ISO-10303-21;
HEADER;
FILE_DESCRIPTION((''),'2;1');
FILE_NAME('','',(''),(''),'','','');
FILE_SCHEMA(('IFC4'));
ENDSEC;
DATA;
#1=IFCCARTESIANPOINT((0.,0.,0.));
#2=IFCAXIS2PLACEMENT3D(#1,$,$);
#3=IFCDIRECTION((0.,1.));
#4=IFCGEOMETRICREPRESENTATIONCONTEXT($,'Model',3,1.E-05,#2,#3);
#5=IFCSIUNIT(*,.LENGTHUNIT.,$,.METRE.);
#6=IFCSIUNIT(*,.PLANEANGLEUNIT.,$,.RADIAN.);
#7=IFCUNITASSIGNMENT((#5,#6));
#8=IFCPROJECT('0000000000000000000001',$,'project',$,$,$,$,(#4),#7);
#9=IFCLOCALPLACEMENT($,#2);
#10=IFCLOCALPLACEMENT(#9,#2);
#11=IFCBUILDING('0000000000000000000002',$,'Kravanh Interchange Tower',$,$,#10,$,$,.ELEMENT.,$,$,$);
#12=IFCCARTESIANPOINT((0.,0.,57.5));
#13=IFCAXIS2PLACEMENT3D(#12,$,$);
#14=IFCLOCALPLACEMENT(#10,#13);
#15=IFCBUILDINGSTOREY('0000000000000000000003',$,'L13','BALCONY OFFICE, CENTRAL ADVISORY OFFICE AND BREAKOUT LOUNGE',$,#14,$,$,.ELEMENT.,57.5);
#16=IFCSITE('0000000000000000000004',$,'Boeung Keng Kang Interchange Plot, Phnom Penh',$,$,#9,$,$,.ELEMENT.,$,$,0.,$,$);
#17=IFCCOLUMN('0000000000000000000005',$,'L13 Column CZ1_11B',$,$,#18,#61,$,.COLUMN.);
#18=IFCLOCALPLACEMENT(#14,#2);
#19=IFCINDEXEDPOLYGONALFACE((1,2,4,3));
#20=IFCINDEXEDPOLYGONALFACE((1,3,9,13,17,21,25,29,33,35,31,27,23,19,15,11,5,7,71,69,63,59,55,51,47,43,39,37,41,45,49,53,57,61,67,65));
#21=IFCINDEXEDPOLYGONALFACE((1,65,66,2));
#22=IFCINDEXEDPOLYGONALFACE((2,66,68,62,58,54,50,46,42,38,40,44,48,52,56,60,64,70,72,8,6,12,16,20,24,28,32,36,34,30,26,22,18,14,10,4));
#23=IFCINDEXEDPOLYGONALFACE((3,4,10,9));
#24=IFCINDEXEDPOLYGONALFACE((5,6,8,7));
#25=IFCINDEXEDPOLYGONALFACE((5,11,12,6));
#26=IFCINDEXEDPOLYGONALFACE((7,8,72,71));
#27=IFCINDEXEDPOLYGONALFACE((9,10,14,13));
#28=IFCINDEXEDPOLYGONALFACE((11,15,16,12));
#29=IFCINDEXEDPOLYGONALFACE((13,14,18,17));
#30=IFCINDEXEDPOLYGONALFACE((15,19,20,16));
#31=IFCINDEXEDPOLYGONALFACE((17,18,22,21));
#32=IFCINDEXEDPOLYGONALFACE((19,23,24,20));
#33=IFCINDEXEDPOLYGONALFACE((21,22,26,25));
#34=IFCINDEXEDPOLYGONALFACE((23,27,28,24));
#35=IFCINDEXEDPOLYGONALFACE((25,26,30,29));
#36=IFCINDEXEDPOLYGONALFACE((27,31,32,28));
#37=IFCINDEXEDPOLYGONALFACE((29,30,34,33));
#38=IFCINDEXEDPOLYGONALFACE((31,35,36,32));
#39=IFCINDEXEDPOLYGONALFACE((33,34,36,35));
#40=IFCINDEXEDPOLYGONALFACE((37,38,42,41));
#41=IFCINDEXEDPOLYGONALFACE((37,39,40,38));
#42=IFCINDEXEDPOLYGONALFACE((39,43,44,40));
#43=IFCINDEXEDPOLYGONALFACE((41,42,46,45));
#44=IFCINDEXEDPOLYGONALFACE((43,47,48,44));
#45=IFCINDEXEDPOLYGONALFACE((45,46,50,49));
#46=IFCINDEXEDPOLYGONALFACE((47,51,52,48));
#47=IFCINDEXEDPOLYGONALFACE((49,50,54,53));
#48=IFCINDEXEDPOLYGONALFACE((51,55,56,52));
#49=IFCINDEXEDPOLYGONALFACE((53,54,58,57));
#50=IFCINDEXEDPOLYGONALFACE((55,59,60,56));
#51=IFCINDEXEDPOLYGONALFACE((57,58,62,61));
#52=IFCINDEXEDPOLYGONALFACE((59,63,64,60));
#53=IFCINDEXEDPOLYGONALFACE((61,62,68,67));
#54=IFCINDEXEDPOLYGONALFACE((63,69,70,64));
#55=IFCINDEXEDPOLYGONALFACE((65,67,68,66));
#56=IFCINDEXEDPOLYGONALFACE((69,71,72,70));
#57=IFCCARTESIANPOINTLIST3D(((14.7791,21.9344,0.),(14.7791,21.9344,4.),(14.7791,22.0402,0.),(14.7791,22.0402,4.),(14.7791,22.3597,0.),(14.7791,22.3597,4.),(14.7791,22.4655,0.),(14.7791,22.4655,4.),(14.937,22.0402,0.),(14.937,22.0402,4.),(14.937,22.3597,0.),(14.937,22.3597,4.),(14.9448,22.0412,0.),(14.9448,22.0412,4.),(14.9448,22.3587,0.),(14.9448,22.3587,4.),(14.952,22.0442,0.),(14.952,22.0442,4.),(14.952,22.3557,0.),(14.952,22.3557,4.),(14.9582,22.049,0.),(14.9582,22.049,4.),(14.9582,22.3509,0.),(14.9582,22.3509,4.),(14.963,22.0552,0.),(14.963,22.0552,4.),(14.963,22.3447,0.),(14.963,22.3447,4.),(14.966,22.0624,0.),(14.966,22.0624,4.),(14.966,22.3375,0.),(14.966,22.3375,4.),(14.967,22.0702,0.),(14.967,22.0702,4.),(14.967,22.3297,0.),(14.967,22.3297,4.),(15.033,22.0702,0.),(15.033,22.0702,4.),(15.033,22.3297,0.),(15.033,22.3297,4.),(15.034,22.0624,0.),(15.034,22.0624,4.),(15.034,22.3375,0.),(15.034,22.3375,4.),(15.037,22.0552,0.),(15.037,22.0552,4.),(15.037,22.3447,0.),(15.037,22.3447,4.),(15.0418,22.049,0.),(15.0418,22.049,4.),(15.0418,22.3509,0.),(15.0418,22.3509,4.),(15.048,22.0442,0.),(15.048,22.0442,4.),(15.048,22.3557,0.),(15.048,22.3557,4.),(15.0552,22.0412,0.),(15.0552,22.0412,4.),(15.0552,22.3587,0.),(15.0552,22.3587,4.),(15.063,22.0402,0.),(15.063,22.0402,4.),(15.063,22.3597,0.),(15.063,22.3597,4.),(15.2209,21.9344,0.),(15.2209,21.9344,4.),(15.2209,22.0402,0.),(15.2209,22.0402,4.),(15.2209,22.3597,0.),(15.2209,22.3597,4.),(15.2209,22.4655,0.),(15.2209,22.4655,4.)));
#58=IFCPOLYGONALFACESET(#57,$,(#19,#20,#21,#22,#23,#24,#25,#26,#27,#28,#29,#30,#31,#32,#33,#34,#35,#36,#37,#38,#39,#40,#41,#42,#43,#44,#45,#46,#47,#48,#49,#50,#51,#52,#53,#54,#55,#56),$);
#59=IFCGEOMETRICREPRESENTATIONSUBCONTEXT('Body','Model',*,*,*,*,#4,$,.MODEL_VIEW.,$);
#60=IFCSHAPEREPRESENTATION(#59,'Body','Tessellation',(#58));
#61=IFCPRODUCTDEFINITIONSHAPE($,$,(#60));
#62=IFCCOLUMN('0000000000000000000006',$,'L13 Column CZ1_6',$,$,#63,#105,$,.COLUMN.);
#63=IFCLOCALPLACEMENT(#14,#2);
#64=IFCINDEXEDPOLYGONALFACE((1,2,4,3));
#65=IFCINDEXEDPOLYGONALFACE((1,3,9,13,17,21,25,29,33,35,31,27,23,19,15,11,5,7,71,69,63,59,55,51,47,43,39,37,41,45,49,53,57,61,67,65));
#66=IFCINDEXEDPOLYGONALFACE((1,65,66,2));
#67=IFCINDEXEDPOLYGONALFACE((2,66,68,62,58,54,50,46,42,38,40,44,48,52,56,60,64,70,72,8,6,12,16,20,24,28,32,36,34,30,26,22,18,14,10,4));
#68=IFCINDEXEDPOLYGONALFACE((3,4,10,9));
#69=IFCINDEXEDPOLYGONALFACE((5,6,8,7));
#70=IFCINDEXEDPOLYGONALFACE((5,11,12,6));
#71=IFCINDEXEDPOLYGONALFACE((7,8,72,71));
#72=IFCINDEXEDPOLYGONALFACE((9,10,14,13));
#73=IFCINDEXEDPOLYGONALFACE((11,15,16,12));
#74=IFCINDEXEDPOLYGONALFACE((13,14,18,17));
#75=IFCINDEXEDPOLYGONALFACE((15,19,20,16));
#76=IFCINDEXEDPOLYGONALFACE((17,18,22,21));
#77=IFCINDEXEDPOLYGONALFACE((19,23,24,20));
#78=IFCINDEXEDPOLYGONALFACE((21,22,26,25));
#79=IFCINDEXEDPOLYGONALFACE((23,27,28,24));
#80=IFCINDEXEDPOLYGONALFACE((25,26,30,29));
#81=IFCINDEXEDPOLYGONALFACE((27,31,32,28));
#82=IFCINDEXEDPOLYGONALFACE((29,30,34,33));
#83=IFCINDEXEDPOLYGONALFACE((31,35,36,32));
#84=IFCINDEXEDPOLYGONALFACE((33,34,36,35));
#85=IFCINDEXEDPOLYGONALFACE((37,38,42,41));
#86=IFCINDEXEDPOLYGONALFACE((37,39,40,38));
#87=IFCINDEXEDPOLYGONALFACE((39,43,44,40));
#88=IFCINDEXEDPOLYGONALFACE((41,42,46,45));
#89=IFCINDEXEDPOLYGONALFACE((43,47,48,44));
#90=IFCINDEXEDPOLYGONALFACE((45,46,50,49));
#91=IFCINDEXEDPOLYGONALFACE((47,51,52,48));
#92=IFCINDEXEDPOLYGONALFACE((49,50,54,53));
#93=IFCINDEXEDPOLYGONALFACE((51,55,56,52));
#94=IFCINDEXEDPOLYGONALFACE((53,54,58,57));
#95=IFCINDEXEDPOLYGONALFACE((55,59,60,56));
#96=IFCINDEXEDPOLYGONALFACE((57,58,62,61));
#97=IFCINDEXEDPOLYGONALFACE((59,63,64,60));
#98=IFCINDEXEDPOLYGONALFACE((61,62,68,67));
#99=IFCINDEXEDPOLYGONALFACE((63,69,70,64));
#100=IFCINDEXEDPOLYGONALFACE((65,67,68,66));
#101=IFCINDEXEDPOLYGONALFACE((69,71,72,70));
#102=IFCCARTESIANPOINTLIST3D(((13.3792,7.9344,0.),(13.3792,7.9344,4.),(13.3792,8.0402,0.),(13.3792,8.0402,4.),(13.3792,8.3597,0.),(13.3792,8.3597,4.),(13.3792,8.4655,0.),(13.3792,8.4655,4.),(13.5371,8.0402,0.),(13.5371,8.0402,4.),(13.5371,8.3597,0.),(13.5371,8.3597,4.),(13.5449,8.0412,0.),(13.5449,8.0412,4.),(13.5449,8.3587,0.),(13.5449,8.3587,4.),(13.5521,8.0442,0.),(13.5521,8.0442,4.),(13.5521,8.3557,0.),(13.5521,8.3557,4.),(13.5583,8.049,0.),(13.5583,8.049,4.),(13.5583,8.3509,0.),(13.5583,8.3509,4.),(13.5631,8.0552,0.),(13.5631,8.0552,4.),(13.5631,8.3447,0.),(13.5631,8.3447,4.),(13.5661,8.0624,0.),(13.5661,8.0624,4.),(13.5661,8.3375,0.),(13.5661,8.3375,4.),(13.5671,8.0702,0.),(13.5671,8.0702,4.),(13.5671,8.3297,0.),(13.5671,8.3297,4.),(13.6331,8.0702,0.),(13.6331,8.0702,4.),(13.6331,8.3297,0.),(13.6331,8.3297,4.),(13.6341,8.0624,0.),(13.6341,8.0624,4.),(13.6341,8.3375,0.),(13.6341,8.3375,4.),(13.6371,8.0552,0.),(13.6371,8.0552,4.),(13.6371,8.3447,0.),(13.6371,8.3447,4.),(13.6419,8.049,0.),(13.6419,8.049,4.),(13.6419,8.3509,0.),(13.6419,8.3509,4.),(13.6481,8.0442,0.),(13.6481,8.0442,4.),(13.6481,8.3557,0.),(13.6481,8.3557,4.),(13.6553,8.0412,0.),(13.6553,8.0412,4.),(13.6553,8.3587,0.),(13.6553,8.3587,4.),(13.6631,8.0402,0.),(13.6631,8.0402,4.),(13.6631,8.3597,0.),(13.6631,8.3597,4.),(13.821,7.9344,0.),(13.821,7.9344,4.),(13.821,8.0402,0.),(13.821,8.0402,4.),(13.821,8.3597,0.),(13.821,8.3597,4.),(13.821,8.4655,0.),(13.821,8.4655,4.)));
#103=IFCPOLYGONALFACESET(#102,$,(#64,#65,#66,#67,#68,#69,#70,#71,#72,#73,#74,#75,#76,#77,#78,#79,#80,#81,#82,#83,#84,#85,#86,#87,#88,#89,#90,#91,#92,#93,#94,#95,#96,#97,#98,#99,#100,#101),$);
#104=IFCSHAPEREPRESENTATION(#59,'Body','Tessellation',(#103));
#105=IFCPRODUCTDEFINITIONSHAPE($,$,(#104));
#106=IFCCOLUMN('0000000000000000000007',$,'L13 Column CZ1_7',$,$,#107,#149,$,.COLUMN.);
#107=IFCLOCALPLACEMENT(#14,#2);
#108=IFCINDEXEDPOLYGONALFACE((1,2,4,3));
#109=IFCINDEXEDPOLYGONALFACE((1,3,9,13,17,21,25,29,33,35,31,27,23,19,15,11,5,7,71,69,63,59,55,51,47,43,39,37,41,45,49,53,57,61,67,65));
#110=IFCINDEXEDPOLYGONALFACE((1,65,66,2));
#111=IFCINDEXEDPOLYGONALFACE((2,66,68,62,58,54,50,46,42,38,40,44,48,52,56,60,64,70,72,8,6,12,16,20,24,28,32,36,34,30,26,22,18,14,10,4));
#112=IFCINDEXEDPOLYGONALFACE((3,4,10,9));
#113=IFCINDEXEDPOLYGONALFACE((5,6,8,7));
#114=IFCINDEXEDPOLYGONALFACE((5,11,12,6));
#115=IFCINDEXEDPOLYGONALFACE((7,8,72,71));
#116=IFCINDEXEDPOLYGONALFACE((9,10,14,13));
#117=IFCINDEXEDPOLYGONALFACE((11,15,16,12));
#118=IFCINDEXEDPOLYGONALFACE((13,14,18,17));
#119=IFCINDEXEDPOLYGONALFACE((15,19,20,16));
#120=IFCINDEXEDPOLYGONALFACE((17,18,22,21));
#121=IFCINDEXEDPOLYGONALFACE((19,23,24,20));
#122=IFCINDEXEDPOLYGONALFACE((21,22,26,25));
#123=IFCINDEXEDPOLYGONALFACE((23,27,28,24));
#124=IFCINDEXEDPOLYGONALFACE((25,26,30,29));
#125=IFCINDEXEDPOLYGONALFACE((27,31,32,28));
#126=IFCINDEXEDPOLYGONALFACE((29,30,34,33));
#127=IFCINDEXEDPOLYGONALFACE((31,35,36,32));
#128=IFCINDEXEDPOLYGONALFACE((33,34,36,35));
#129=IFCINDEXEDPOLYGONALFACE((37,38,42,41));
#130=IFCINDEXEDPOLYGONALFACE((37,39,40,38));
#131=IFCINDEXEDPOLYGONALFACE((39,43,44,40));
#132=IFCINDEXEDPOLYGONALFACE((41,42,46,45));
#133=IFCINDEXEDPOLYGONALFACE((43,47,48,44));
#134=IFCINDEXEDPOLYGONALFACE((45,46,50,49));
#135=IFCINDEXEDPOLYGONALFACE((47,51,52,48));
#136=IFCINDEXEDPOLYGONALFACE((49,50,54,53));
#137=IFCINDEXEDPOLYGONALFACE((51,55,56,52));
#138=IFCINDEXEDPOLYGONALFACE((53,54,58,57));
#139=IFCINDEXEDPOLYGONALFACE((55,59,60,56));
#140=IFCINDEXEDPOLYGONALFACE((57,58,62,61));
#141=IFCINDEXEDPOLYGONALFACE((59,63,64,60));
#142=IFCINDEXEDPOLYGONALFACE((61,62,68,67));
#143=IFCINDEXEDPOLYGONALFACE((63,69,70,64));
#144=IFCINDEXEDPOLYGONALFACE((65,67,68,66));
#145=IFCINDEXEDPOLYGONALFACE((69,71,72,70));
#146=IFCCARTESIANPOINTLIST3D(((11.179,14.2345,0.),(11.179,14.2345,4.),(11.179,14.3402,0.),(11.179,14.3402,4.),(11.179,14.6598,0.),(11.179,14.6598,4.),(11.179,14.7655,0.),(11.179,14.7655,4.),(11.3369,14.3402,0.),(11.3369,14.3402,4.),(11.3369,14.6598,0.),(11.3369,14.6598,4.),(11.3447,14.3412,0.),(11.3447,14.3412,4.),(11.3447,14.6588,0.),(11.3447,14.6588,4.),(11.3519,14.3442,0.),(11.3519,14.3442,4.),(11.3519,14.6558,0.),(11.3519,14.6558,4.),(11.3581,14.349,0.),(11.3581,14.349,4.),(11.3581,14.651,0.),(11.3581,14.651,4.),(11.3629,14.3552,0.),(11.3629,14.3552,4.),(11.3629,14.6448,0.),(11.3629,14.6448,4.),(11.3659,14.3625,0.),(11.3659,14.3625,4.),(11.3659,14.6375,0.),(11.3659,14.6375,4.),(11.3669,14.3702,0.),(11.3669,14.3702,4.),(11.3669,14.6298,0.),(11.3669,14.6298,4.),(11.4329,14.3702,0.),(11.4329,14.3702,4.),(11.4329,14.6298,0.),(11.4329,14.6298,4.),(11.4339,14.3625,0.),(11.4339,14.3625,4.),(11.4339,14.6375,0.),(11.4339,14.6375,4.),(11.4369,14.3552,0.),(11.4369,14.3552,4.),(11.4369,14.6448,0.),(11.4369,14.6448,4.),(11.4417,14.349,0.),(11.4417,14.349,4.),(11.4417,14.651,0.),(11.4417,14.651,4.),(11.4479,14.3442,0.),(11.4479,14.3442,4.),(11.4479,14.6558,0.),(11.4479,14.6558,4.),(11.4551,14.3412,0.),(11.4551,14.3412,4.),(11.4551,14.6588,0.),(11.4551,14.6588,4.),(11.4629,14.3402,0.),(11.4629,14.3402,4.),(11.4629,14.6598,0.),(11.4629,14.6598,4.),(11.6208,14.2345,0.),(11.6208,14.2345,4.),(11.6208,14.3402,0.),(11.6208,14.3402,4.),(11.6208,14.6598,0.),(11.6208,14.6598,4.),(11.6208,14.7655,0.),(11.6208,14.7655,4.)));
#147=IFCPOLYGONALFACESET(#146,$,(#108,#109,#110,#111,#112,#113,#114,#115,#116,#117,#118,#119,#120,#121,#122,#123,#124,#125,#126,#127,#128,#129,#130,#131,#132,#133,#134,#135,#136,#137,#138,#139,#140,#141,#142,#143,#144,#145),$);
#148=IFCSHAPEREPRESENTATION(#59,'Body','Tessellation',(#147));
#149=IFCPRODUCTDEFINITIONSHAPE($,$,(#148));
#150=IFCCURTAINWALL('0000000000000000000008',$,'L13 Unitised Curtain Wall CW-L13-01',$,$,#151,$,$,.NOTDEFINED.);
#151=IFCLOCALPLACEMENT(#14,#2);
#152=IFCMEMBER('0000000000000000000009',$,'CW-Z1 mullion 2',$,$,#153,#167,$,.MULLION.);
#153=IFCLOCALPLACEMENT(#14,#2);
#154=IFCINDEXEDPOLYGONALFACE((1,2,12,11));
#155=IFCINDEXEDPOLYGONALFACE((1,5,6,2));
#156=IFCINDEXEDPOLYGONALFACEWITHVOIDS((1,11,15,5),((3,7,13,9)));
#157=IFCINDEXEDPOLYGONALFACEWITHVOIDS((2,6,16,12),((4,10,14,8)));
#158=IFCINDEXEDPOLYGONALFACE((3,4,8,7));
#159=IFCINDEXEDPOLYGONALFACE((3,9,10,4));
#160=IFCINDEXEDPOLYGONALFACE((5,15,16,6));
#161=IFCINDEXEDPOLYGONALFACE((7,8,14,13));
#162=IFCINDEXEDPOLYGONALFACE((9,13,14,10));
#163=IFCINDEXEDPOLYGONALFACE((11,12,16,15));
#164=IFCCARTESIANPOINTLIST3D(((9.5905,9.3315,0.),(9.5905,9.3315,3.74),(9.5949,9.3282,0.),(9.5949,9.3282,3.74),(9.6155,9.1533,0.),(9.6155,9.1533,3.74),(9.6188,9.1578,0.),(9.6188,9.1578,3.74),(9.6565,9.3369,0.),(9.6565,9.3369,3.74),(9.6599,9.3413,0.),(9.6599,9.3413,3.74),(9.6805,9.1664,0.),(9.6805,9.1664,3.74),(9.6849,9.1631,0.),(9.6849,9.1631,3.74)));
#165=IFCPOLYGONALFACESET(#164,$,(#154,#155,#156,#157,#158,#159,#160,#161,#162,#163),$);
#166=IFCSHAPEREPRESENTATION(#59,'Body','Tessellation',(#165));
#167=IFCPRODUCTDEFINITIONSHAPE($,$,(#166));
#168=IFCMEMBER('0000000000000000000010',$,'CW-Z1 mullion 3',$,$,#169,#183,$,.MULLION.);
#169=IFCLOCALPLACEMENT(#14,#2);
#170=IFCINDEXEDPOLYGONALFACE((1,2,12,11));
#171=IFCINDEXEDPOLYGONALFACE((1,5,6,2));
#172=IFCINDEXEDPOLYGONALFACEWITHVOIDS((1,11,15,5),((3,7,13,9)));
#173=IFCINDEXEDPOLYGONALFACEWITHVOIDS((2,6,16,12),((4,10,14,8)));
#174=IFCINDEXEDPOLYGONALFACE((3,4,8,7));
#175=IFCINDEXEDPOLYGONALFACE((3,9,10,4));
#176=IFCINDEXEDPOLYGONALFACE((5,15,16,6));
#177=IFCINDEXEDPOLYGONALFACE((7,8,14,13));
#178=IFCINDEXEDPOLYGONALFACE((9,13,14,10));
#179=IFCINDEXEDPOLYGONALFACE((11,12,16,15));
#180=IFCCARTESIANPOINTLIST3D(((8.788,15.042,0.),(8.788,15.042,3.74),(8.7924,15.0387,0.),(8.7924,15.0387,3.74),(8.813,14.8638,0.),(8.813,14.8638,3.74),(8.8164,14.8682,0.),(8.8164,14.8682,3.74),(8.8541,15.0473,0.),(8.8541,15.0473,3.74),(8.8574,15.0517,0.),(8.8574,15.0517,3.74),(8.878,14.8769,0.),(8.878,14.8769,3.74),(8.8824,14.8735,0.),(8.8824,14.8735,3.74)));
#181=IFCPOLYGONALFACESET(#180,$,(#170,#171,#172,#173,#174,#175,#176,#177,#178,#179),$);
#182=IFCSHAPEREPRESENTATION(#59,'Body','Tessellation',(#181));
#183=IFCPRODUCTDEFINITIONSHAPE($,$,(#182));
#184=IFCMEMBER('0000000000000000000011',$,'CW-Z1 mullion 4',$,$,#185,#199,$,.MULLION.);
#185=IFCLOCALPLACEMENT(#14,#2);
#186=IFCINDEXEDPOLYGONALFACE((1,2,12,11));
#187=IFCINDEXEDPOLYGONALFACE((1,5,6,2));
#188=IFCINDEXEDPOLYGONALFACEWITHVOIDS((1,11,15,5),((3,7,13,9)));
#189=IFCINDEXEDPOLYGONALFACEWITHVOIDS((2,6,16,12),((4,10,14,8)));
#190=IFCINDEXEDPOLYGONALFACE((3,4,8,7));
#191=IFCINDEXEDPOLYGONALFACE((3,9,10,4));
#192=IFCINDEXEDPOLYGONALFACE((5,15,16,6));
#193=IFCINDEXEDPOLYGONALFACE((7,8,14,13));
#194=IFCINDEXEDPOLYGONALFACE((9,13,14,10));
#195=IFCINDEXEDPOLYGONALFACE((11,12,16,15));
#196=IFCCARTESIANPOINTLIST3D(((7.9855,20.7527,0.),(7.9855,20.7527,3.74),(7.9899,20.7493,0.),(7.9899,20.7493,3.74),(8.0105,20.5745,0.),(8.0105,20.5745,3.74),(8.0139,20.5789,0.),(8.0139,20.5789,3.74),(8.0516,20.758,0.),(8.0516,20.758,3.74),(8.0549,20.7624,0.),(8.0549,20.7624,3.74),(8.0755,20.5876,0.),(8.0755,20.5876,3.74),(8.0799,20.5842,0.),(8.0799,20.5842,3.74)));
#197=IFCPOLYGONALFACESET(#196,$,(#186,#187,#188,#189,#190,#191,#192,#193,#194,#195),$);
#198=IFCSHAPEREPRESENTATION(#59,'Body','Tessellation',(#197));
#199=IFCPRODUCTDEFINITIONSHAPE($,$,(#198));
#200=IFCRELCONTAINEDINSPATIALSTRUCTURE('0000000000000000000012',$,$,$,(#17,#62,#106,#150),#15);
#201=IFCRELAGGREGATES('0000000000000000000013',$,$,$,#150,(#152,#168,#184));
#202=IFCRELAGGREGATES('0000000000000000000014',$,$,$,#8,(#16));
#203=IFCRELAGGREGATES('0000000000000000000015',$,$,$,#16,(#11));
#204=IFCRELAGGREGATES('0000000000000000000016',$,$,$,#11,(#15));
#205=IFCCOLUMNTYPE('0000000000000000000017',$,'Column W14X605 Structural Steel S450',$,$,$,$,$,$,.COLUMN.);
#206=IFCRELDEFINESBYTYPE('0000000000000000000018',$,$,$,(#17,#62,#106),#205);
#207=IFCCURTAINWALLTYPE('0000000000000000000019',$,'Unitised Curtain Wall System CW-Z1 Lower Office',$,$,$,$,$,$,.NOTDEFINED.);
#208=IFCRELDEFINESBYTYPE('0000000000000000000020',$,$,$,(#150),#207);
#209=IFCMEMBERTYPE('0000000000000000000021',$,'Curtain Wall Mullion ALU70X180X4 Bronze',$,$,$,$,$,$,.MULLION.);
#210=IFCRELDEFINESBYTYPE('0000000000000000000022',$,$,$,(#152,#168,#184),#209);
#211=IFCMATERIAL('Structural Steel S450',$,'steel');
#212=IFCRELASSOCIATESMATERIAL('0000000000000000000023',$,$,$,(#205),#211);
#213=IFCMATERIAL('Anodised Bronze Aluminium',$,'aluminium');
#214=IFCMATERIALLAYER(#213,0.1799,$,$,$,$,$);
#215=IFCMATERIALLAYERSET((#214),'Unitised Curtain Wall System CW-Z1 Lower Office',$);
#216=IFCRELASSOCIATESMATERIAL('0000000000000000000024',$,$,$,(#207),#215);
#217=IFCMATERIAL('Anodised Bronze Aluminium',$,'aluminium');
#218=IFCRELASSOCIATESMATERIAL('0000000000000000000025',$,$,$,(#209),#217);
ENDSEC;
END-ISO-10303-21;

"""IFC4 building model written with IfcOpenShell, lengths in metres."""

from ifc_helpers import new_model, si_unit, direction, frame, origin, origin_2d, place, context, subcontext, project, spatial, hollow_rectangle, i_section, extrude, material, layer, layer_set, material_profile, profile_set, type_object, element, aggregate, save


model = new_model("IFC4")

# Units and contexts
model_context = context("Model", 3, precision=1e-05, world=origin(), true_north=direction((0.0, 1.0)))
body_context = subcontext(model_context, "Body", "Model", "MODEL_VIEW")
ifc_project = project(units=[si_unit("LENGTHUNIT", "METRE"), si_unit("PLANEANGLEUNIT", "RADIAN")], contexts=[model_context])

# Site, building, storey
site_placement = place(None, origin())
site = spatial("IfcSite", under=ifc_project, at=site_placement, Name="Boeung Keng Kang Interchange Plot, Phnom Penh", CompositionType="ELEMENT", RefElevation=0.0)
building_placement = place(site_placement, origin())
building = spatial("IfcBuilding", under=site, at=building_placement, Name="Kravanh Interchange Tower", CompositionType="ELEMENT")
storey_placement = place(building_placement, frame((0.0, 0.0, 57.5)))
storey = spatial("IfcBuildingStorey", under=building, at=storey_placement, Name="L13", Description="BALCONY OFFICE, CENTRAL ADVISORY OFFICE AND BREAKOUT LOUNGE", CompositionType="ELEMENT", Elevation=57.5)

# Columns
ifc_material_1 = material(Name="Structural Steel S450", Category="steel")
ifc_material_profile_1 = material_profile(ifc_material_1, i_section(OverallWidth=0.4419, OverallDepth=0.531, WebThickness=0.0659, FlangeThickness=0.1057, FilletRadius=0.03, at=origin_2d()), Name="W14X605")
ifc_profile_set_1 = profile_set([ifc_material_profile_1], Name="Structural Steel S450")
column_type = type_object("IfcColumnType", Name="Column W14X605 Structural Steel S450", PredefinedType="COLUMN", material=ifc_profile_set_1)
for number, where, z_axis, x_axis, name in (
    (1, (15.0, 22.2, 0.0), (0.0, 0.0, 1.0), (1.0, 0.0, 0.0), "L13 Column CZ1_11B"),
    (2, (13.6001, 8.2, 0.0), (0.0, 0.0, 1.0), (1.0, 0.0, 0.0), "L13 Column CZ1_6"),
    (3, (11.3999, 14.5, 0.0), (0.0, 0.0, 1.0), (1.0, 0.0, 0.0), "L13 Column CZ1_7"),
):
    element("IfcColumn", number, at=place(storey_placement, frame(where, z_axis=z_axis, x_axis=x_axis)), inside=storey, type_object=column_type, Name=name, PredefinedType="COLUMN", context=body_context, shape_type="SweptSolid", body=[
        extrude(i_section(OverallWidth=0.4419, OverallDepth=0.531, WebThickness=0.0659, FlangeThickness=0.1057, FilletRadius=0.03, at=origin_2d()), origin(), (0.0, 0.0, 1.0), 4.0),
    ])

# Curtain wall, members
ifc_material_2 = material(Name="Anodised Bronze Aluminium", Category="aluminium")
ifc_layer_1 = layer(ifc_material_2, 0.1799)
ifc_layer_set_1 = layer_set([ifc_layer_1], Name="Unitised Curtain Wall System CW-Z1 Lower Office")
curtain_wall_type = type_object("IfcCurtainWallType", Name="Unitised Curtain Wall System CW-Z1 Lower Office", PredefinedType="NOTDEFINED", material=ifc_layer_set_1)
curtain_wall_placement = place(storey_placement, origin())
curtain_wall = element("IfcCurtainWall", 4, at=curtain_wall_placement, inside=storey, type_object=curtain_wall_type, Name="L13 Unitised Curtain Wall CW-L13-01", PredefinedType="NOTDEFINED")
ifc_material_3 = material(Name="Anodised Bronze Aluminium", Category="aluminium")
ifc_material_profile_2 = material_profile(ifc_material_3, hollow_rectangle(XDim=0.0701, YDim=0.1799, WallThickness=0.0039, at=origin_2d()), Name="ALU70X180X4")
ifc_profile_set_2 = profile_set([ifc_material_profile_2], Name="Anodised Bronze Aluminium")
member_type_1 = type_object("IfcMemberType", Name="Curtain Wall Mullion ALU70X180X4 Bronze", PredefinedType="MULLION", material=ifc_profile_set_2)
member_1_placement = place(storey_placement, frame((9.6377, 9.2473, 0.0), z_axis=(0.0, 0.0, 1.0), x_axis=(-0.990268, -0.139177, 0.0)))
member_1 = element("IfcMember", 5, at=member_1_placement, type_object=member_type_1, Name="CW-Z1 mullion 2", PredefinedType="MULLION", context=body_context, shape_type="SweptSolid", body=[
    extrude(hollow_rectangle(XDim=0.0701, YDim=0.1799, WallThickness=0.0039, at=origin_2d()), origin(), (0.0, 0.0, 1.0), 3.74),
])
member_2_placement = place(storey_placement, frame((8.8352, 14.9578, 0.0), z_axis=(0.0, 0.0, 1.0), x_axis=(-0.990268, -0.139177, 0.0)))
member_2 = element("IfcMember", 6, at=member_2_placement, type_object=member_type_1, Name="CW-Z1 mullion 3", PredefinedType="MULLION", context=body_context, shape_type="SweptSolid", body=[
    extrude(hollow_rectangle(XDim=0.0701, YDim=0.1799, WallThickness=0.0039, at=origin_2d()), origin(), (0.0, 0.0, 1.0), 3.74),
])
member_3_placement = place(storey_placement, frame((8.0327, 20.6685, 0.0), z_axis=(0.0, 0.0, 1.0), x_axis=(-0.990268, -0.139177, 0.0)))
member_3 = element("IfcMember", 7, at=member_3_placement, type_object=member_type_1, Name="CW-Z1 mullion 4", PredefinedType="MULLION", context=body_context, shape_type="SweptSolid", body=[
    extrude(hollow_rectangle(XDim=0.0701, YDim=0.1799, WallThickness=0.0039, at=origin_2d()), origin(), (0.0, 0.0, 1.0), 3.74),
])

aggregate(curtain_wall, [member_1, member_2, member_3])

save(model, "model.ifc")
